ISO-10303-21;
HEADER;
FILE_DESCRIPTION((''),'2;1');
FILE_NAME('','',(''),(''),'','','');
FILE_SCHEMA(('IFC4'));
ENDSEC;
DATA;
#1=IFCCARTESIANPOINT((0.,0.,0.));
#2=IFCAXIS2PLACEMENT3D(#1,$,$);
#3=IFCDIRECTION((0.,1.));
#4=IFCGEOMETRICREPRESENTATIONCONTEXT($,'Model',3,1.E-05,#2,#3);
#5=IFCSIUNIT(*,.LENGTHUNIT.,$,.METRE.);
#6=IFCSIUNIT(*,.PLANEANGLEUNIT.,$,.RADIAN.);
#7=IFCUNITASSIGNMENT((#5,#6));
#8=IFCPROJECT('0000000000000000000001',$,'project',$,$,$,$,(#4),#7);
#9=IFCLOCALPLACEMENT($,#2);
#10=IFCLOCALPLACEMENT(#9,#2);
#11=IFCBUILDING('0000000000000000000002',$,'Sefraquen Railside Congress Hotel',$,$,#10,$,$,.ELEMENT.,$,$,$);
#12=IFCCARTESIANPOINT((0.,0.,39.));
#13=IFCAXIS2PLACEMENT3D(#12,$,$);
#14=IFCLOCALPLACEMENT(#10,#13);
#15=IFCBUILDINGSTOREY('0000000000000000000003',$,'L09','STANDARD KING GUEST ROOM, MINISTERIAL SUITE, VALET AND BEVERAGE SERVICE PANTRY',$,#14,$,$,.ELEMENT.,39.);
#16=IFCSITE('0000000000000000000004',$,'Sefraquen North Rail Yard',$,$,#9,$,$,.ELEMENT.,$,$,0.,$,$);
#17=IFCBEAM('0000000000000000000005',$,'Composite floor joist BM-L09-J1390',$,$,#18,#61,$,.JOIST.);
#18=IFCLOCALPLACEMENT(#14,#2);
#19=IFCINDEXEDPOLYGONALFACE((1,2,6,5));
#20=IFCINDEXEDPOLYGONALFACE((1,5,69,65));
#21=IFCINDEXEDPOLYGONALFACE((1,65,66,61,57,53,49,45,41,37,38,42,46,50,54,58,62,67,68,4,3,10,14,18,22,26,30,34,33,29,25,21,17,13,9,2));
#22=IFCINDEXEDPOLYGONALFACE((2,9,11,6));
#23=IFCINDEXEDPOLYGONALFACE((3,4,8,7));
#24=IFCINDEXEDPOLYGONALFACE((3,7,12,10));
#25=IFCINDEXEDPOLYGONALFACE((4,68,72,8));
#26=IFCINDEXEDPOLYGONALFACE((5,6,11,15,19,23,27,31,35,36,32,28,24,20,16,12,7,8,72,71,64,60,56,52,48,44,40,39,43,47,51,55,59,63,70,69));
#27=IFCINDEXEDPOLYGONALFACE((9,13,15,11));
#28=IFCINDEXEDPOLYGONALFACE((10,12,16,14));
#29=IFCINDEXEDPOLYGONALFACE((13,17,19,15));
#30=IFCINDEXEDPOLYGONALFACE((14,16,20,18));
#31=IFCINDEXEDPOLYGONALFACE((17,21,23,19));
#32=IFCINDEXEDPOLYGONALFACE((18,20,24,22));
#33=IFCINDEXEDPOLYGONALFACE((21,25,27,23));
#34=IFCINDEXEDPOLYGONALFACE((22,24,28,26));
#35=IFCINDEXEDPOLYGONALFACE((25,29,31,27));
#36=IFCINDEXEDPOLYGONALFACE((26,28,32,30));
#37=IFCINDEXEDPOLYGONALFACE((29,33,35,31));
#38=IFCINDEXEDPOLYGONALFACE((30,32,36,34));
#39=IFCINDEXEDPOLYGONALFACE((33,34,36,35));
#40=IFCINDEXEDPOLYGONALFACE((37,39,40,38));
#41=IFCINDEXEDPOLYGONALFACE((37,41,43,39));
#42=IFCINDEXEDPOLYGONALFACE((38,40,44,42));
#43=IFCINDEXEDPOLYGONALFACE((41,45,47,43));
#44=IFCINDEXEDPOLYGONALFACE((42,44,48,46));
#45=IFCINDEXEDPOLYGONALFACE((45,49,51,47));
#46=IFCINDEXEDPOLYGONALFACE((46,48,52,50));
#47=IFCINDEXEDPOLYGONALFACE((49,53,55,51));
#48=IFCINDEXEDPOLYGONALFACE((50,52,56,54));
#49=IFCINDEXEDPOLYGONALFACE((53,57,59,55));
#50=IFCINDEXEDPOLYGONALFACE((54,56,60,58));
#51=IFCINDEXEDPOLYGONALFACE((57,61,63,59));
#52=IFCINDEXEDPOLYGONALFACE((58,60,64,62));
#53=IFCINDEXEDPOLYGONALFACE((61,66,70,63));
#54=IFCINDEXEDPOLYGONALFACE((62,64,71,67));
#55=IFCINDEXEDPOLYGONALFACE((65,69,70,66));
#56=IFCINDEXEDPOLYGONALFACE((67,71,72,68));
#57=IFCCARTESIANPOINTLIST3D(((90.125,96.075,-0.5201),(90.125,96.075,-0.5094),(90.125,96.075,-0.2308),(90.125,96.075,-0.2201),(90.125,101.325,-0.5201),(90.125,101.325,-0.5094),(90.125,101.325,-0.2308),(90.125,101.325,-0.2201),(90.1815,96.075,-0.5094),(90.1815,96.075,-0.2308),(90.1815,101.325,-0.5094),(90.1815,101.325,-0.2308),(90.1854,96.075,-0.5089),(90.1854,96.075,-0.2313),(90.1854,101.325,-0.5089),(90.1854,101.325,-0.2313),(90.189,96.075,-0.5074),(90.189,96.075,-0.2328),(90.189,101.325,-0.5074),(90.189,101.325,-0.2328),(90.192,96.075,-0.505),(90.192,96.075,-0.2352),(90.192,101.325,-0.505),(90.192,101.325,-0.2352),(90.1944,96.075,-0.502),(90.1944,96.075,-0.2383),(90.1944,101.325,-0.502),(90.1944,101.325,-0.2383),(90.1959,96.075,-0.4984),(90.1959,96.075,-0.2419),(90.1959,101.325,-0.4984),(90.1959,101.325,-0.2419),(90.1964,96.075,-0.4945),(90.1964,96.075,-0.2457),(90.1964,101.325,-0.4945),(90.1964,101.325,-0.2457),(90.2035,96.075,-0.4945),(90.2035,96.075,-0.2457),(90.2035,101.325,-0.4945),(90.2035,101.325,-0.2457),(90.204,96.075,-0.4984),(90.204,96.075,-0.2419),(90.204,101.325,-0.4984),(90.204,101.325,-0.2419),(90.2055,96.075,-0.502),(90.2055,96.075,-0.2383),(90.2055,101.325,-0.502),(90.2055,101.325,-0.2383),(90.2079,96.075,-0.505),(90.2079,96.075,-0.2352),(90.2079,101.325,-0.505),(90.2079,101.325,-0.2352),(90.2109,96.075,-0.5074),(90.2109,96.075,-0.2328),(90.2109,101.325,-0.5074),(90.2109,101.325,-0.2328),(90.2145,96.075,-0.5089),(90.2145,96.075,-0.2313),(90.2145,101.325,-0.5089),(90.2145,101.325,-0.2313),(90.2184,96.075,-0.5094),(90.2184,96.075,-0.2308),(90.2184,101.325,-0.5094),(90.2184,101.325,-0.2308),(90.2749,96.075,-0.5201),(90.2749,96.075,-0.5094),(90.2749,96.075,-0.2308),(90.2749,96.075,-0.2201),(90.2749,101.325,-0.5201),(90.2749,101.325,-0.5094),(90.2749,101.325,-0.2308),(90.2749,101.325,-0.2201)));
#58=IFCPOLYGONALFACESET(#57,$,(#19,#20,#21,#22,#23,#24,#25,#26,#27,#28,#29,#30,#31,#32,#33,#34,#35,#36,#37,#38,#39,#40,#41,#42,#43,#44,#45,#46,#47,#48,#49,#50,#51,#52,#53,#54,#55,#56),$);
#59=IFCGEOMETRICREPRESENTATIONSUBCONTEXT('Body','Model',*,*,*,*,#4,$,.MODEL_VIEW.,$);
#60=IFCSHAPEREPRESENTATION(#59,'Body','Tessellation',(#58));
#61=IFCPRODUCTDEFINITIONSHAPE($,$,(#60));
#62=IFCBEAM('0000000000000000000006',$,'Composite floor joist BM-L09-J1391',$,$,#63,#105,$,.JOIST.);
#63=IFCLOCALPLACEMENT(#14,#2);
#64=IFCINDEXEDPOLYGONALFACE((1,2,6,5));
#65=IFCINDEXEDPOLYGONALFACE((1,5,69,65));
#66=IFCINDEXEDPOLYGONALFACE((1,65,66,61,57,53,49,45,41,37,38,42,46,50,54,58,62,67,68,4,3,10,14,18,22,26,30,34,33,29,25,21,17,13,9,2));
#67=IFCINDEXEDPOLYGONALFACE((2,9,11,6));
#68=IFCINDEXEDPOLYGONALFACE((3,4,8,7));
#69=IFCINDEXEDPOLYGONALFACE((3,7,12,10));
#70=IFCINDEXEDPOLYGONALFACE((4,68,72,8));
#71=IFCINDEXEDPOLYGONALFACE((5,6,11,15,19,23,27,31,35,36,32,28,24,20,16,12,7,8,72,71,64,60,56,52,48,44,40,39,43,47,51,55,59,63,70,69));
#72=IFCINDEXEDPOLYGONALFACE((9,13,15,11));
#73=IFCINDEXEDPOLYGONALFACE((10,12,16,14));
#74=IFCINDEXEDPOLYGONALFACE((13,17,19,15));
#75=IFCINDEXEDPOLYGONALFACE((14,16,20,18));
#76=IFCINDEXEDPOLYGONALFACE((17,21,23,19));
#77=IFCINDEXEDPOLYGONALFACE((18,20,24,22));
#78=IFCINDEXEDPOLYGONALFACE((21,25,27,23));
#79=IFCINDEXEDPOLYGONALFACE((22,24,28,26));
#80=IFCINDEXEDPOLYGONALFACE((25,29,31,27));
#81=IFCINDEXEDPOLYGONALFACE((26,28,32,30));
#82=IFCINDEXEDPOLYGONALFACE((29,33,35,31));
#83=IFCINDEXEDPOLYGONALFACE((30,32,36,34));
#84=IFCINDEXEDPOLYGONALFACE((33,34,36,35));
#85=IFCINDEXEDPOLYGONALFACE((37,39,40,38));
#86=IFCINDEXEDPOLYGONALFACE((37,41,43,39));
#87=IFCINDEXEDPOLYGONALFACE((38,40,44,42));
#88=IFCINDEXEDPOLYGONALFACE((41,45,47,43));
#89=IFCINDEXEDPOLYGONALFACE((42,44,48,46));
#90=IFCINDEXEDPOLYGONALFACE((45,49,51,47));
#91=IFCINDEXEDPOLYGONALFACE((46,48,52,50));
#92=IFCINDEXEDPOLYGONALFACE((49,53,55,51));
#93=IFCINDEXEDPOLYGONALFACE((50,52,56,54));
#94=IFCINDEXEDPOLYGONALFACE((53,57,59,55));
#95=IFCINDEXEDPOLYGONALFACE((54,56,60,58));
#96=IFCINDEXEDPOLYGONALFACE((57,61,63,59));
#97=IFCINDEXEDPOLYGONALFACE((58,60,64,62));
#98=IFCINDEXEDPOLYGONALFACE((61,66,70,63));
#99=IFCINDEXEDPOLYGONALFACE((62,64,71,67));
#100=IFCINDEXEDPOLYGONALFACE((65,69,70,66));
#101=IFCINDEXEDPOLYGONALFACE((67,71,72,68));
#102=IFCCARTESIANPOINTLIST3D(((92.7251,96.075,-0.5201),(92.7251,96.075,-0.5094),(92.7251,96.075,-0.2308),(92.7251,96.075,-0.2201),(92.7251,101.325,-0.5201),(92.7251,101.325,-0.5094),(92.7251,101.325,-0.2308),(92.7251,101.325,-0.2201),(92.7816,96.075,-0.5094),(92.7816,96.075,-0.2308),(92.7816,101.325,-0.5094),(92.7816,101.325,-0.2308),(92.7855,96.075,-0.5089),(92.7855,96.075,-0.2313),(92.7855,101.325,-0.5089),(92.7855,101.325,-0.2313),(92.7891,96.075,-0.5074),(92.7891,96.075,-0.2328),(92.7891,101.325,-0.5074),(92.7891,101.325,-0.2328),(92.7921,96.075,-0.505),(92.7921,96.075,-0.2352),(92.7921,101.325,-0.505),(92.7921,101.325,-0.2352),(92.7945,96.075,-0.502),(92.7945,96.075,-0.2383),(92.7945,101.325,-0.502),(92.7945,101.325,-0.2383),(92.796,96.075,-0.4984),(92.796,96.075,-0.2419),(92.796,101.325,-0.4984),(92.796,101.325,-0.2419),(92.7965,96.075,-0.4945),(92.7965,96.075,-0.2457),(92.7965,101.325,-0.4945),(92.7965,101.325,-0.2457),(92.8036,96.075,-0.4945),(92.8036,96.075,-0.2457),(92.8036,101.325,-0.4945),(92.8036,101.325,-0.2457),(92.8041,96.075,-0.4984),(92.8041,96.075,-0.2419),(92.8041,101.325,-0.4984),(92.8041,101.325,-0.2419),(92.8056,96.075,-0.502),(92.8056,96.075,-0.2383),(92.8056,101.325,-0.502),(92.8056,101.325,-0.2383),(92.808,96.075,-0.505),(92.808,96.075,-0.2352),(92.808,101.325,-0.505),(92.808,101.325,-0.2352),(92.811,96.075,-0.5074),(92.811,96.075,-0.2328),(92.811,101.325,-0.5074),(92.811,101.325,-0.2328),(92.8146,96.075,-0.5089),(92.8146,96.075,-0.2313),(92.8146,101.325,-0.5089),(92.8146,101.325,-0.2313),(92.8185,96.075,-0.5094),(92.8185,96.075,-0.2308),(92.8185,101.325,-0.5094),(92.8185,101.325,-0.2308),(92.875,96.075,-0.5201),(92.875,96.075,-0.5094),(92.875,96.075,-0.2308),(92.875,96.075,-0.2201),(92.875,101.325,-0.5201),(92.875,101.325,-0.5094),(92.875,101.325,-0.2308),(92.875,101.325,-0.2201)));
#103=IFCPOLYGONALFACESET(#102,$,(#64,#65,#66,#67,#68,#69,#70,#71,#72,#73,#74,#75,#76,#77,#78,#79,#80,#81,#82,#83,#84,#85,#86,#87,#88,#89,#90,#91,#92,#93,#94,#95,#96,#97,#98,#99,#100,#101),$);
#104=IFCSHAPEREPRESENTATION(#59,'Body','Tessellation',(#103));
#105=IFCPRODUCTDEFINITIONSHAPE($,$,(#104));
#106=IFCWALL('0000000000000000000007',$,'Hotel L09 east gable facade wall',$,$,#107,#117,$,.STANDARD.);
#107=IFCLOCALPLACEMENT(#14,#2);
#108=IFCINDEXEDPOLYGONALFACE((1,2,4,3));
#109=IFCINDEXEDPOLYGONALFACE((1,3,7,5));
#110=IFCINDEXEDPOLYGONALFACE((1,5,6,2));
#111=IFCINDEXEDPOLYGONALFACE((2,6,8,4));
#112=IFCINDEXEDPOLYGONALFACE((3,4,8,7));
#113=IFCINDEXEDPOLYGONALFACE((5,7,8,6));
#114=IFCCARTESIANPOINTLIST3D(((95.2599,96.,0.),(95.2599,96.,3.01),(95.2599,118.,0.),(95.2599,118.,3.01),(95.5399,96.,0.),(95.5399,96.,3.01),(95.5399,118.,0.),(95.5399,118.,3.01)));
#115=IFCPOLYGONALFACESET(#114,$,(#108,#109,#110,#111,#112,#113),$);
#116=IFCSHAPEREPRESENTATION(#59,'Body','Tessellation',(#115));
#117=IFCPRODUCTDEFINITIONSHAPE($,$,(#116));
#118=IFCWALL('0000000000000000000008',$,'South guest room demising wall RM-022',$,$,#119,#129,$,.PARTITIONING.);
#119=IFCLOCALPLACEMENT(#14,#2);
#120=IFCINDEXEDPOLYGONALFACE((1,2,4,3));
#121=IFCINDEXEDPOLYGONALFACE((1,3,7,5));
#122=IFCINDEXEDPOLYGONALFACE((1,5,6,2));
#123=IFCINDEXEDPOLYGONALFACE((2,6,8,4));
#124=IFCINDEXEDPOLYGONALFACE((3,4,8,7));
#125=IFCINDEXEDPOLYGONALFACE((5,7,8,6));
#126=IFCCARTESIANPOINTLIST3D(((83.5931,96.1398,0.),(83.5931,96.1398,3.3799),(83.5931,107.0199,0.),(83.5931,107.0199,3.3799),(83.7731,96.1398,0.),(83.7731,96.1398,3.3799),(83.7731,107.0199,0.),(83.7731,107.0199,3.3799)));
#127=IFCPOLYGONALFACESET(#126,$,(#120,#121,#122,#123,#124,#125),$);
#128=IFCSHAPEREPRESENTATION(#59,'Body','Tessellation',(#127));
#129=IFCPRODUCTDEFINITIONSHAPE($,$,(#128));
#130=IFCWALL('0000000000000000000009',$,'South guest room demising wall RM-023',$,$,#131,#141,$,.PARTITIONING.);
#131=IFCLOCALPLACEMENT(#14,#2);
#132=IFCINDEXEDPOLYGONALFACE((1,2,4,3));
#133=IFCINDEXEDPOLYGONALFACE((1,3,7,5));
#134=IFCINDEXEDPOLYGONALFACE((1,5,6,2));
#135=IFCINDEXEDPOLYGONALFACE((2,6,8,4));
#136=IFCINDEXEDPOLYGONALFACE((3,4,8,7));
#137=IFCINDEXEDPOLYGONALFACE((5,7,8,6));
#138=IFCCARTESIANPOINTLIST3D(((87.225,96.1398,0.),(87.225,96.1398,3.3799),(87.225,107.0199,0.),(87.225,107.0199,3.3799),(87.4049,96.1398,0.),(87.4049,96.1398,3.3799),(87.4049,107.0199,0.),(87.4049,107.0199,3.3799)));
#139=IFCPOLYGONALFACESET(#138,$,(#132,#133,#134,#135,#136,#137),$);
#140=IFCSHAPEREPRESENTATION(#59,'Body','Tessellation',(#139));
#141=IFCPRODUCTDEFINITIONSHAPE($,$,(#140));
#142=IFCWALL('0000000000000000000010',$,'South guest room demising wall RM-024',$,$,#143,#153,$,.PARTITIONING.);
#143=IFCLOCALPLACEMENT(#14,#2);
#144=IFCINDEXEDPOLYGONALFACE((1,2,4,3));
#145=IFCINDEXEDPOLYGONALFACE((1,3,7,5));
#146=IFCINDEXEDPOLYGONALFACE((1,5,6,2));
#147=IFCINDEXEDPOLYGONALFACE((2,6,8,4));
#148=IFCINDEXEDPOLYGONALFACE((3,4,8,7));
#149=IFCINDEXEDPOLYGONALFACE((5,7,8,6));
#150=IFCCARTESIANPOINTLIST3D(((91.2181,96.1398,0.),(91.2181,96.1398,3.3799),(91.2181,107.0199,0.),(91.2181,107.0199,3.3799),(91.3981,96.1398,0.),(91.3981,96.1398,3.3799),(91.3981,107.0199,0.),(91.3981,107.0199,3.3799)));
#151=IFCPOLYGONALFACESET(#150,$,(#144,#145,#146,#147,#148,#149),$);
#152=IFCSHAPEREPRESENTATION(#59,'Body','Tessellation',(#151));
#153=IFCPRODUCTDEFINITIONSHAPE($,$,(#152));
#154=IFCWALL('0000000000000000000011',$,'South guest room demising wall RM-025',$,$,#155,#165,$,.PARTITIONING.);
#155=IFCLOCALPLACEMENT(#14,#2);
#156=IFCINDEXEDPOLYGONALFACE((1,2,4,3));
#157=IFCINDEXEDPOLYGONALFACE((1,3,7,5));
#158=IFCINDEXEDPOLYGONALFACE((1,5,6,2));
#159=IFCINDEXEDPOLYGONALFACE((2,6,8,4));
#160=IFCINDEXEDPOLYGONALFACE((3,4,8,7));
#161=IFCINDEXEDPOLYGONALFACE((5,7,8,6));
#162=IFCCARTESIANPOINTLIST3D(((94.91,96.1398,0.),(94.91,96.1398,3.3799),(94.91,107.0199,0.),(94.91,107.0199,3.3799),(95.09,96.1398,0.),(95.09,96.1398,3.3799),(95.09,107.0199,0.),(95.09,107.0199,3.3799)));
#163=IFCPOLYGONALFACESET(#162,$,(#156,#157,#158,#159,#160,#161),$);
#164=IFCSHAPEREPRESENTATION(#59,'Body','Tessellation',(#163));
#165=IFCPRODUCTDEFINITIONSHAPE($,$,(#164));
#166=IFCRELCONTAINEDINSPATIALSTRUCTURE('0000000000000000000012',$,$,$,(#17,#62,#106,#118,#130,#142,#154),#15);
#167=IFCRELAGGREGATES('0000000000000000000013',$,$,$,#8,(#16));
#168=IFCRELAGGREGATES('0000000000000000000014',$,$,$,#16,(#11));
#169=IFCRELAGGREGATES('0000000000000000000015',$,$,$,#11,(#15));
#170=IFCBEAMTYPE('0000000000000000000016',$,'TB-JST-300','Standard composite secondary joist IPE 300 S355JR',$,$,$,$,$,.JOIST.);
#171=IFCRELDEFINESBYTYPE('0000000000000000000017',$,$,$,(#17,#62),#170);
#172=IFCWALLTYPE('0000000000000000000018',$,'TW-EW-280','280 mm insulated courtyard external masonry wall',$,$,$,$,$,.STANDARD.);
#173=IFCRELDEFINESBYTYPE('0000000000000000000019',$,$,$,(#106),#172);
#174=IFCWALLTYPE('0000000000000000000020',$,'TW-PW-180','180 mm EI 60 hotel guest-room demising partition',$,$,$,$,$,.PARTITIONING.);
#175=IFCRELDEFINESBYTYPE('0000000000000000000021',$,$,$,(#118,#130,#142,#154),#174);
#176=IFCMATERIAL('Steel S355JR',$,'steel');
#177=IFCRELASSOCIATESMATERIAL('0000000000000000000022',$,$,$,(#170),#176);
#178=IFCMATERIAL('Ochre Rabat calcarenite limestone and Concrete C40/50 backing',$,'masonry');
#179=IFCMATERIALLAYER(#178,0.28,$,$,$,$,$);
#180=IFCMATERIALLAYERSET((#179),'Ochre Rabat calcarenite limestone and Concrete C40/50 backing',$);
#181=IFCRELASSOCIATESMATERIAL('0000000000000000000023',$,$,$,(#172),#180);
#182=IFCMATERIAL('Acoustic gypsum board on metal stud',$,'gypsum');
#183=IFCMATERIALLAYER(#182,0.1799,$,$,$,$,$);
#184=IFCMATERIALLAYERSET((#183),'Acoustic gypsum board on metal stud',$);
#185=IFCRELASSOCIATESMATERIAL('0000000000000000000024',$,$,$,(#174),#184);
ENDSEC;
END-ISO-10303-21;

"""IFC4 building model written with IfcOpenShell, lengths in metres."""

from ifc_helpers import new_model, si_unit, direction, frame, frame_2d, origin, origin_2d, place, context, subcontext, project, spatial, rectangle, i_section, extrude, material, layer, layer_set, material_profile, profile_set, type_object, element, save


model = new_model("IFC4")

# Units and contexts
model_context = context("Model", 3, precision=1e-05, world=origin(), true_north=direction((0.0, 1.0)))
body_context = subcontext(model_context, "Body", "Model", "MODEL_VIEW")
ifc_project = project(units=[si_unit("LENGTHUNIT", "METRE"), si_unit("PLANEANGLEUNIT", "RADIAN")], contexts=[model_context])

# Site, building, storey
site_placement = place(None, origin())
site = spatial("IfcSite", under=ifc_project, at=site_placement, Name="Sefraquen North Rail Yard", CompositionType="ELEMENT", RefElevation=0.0)
building_placement = place(site_placement, origin())
building = spatial("IfcBuilding", under=site, at=building_placement, Name="Sefraquen Railside Congress Hotel", CompositionType="ELEMENT")
storey_placement = place(building_placement, frame((0.0, 0.0, 39.0)))
storey = spatial("IfcBuildingStorey", under=building, at=storey_placement, Name="L09", Description="STANDARD KING GUEST ROOM, MINISTERIAL SUITE, VALET AND BEVERAGE SERVICE PANTRY", CompositionType="ELEMENT", Elevation=39.0)

# Shared definitions
ifc_material_1 = material(Name="Steel S355JR", Category="steel")

# Beams
ifc_material_profile_1 = material_profile(ifc_material_1, i_section(OverallWidth=0.1499, OverallDepth=0.3, WebThickness=0.0071, FlangeThickness=0.0107, FilletRadius=0.0149, at=origin_2d()), Name="IPE 300")
ifc_profile_set_1 = profile_set([ifc_material_profile_1], Name="Steel S355JR")
beam_type_1 = type_object("IfcBeamType", Name="TB-JST-300", Description="Standard composite secondary joist IPE 300 S355JR", PredefinedType="JOIST", material=ifc_profile_set_1)
for number, where, z_axis, x_axis, name in (
    (1, (90.2, 96.075, -0.3701), (0.0, 1.0, 0.0), (-1.0, 0.0, 0.0), "Composite floor joist BM-L09-J1390"),
    (2, (92.8, 96.075, -0.3701), (0.0, 1.0, 0.0), (-1.0, 0.0, 0.0), "Composite floor joist BM-L09-J1391"),
):
    element("IfcBeam", number, at=place(storey_placement, frame(where, z_axis=z_axis, x_axis=x_axis)), inside=storey, type_object=beam_type_1, Name=name, PredefinedType="JOIST", context=body_context, shape_type="SweptSolid", body=[
        extrude(i_section(OverallWidth=0.1499, OverallDepth=0.3, WebThickness=0.0071, FlangeThickness=0.0107, FilletRadius=0.0149, at=origin_2d()), origin(), (0.0, 0.0, 1.0), 5.25),
    ])

# Walls
ifc_material_2 = material(Name="Ochre Rabat calcarenite limestone and Concrete C40/50 backing", Category="masonry")
ifc_layer_1 = layer(ifc_material_2, 0.28)
ifc_layer_set_1 = layer_set([ifc_layer_1], Name="Ochre Rabat calcarenite limestone and Concrete C40/50 backing")
wall_type_1 = type_object("IfcWallType", Name="TW-EW-280", Description="280 mm insulated courtyard external masonry wall", PredefinedType="STANDARD", material=ifc_layer_set_1)
wall_placement = place(storey_placement, frame((95.3999, 96.0, 0.0), z_axis=(0.0, 0.0, 1.0), x_axis=(0.0, 1.0, 0.0)))
element("IfcWall", 3, at=wall_placement, inside=storey, type_object=wall_type_1, Name="Hotel L09 east gable facade wall", PredefinedType="STANDARD", context=body_context, shape_type="SweptSolid", body=[
    extrude(rectangle(XDim=22.0, YDim=0.28, at=frame_2d((11.0, 0.0))), origin(), (0.0, 0.0, 1.0), 3.01),
])
ifc_material_3 = material(Name="Acoustic gypsum board on metal stud", Category="gypsum")
ifc_layer_2 = layer(ifc_material_3, 0.1799)
ifc_layer_set_2 = layer_set([ifc_layer_2], Name="Acoustic gypsum board on metal stud")
wall_type_2 = type_object("IfcWallType", Name="TW-PW-180", Description="180 mm EI 60 hotel guest-room demising partition", PredefinedType="PARTITIONING", material=ifc_layer_set_2)
for number, where, z_axis, x_axis, name in (
    (4, (83.6831, 96.1399, 0.0), (0.0, 0.0, 1.0), (0.0, 1.0, 0.0), "South guest room demising wall RM-022"),
    (5, (87.3149, 96.1399, 0.0), (0.0, 0.0, 1.0), (0.0, 1.0, 0.0), "South guest room demising wall RM-023"),
    (6, (91.3081, 96.1399, 0.0), (0.0, 0.0, 1.0), (0.0, 1.0, 0.0), "South guest room demising wall RM-024"),
    (7, (95.0, 96.1399, 0.0), (0.0, 0.0, 1.0), (0.0, 1.0, 0.0), "South guest room demising wall RM-025"),
):
    element("IfcWall", number, at=place(storey_placement, frame(where, z_axis=z_axis, x_axis=x_axis)), inside=storey, type_object=wall_type_2, Name=name, PredefinedType="PARTITIONING", context=body_context, shape_type="SweptSolid", body=[
        extrude(rectangle(XDim=10.8801, YDim=0.1799, at=frame_2d((5.4399, 0.0))), origin(), (0.0, 0.0, 1.0), 3.3799),
    ])

save(model, "model.ifc")
